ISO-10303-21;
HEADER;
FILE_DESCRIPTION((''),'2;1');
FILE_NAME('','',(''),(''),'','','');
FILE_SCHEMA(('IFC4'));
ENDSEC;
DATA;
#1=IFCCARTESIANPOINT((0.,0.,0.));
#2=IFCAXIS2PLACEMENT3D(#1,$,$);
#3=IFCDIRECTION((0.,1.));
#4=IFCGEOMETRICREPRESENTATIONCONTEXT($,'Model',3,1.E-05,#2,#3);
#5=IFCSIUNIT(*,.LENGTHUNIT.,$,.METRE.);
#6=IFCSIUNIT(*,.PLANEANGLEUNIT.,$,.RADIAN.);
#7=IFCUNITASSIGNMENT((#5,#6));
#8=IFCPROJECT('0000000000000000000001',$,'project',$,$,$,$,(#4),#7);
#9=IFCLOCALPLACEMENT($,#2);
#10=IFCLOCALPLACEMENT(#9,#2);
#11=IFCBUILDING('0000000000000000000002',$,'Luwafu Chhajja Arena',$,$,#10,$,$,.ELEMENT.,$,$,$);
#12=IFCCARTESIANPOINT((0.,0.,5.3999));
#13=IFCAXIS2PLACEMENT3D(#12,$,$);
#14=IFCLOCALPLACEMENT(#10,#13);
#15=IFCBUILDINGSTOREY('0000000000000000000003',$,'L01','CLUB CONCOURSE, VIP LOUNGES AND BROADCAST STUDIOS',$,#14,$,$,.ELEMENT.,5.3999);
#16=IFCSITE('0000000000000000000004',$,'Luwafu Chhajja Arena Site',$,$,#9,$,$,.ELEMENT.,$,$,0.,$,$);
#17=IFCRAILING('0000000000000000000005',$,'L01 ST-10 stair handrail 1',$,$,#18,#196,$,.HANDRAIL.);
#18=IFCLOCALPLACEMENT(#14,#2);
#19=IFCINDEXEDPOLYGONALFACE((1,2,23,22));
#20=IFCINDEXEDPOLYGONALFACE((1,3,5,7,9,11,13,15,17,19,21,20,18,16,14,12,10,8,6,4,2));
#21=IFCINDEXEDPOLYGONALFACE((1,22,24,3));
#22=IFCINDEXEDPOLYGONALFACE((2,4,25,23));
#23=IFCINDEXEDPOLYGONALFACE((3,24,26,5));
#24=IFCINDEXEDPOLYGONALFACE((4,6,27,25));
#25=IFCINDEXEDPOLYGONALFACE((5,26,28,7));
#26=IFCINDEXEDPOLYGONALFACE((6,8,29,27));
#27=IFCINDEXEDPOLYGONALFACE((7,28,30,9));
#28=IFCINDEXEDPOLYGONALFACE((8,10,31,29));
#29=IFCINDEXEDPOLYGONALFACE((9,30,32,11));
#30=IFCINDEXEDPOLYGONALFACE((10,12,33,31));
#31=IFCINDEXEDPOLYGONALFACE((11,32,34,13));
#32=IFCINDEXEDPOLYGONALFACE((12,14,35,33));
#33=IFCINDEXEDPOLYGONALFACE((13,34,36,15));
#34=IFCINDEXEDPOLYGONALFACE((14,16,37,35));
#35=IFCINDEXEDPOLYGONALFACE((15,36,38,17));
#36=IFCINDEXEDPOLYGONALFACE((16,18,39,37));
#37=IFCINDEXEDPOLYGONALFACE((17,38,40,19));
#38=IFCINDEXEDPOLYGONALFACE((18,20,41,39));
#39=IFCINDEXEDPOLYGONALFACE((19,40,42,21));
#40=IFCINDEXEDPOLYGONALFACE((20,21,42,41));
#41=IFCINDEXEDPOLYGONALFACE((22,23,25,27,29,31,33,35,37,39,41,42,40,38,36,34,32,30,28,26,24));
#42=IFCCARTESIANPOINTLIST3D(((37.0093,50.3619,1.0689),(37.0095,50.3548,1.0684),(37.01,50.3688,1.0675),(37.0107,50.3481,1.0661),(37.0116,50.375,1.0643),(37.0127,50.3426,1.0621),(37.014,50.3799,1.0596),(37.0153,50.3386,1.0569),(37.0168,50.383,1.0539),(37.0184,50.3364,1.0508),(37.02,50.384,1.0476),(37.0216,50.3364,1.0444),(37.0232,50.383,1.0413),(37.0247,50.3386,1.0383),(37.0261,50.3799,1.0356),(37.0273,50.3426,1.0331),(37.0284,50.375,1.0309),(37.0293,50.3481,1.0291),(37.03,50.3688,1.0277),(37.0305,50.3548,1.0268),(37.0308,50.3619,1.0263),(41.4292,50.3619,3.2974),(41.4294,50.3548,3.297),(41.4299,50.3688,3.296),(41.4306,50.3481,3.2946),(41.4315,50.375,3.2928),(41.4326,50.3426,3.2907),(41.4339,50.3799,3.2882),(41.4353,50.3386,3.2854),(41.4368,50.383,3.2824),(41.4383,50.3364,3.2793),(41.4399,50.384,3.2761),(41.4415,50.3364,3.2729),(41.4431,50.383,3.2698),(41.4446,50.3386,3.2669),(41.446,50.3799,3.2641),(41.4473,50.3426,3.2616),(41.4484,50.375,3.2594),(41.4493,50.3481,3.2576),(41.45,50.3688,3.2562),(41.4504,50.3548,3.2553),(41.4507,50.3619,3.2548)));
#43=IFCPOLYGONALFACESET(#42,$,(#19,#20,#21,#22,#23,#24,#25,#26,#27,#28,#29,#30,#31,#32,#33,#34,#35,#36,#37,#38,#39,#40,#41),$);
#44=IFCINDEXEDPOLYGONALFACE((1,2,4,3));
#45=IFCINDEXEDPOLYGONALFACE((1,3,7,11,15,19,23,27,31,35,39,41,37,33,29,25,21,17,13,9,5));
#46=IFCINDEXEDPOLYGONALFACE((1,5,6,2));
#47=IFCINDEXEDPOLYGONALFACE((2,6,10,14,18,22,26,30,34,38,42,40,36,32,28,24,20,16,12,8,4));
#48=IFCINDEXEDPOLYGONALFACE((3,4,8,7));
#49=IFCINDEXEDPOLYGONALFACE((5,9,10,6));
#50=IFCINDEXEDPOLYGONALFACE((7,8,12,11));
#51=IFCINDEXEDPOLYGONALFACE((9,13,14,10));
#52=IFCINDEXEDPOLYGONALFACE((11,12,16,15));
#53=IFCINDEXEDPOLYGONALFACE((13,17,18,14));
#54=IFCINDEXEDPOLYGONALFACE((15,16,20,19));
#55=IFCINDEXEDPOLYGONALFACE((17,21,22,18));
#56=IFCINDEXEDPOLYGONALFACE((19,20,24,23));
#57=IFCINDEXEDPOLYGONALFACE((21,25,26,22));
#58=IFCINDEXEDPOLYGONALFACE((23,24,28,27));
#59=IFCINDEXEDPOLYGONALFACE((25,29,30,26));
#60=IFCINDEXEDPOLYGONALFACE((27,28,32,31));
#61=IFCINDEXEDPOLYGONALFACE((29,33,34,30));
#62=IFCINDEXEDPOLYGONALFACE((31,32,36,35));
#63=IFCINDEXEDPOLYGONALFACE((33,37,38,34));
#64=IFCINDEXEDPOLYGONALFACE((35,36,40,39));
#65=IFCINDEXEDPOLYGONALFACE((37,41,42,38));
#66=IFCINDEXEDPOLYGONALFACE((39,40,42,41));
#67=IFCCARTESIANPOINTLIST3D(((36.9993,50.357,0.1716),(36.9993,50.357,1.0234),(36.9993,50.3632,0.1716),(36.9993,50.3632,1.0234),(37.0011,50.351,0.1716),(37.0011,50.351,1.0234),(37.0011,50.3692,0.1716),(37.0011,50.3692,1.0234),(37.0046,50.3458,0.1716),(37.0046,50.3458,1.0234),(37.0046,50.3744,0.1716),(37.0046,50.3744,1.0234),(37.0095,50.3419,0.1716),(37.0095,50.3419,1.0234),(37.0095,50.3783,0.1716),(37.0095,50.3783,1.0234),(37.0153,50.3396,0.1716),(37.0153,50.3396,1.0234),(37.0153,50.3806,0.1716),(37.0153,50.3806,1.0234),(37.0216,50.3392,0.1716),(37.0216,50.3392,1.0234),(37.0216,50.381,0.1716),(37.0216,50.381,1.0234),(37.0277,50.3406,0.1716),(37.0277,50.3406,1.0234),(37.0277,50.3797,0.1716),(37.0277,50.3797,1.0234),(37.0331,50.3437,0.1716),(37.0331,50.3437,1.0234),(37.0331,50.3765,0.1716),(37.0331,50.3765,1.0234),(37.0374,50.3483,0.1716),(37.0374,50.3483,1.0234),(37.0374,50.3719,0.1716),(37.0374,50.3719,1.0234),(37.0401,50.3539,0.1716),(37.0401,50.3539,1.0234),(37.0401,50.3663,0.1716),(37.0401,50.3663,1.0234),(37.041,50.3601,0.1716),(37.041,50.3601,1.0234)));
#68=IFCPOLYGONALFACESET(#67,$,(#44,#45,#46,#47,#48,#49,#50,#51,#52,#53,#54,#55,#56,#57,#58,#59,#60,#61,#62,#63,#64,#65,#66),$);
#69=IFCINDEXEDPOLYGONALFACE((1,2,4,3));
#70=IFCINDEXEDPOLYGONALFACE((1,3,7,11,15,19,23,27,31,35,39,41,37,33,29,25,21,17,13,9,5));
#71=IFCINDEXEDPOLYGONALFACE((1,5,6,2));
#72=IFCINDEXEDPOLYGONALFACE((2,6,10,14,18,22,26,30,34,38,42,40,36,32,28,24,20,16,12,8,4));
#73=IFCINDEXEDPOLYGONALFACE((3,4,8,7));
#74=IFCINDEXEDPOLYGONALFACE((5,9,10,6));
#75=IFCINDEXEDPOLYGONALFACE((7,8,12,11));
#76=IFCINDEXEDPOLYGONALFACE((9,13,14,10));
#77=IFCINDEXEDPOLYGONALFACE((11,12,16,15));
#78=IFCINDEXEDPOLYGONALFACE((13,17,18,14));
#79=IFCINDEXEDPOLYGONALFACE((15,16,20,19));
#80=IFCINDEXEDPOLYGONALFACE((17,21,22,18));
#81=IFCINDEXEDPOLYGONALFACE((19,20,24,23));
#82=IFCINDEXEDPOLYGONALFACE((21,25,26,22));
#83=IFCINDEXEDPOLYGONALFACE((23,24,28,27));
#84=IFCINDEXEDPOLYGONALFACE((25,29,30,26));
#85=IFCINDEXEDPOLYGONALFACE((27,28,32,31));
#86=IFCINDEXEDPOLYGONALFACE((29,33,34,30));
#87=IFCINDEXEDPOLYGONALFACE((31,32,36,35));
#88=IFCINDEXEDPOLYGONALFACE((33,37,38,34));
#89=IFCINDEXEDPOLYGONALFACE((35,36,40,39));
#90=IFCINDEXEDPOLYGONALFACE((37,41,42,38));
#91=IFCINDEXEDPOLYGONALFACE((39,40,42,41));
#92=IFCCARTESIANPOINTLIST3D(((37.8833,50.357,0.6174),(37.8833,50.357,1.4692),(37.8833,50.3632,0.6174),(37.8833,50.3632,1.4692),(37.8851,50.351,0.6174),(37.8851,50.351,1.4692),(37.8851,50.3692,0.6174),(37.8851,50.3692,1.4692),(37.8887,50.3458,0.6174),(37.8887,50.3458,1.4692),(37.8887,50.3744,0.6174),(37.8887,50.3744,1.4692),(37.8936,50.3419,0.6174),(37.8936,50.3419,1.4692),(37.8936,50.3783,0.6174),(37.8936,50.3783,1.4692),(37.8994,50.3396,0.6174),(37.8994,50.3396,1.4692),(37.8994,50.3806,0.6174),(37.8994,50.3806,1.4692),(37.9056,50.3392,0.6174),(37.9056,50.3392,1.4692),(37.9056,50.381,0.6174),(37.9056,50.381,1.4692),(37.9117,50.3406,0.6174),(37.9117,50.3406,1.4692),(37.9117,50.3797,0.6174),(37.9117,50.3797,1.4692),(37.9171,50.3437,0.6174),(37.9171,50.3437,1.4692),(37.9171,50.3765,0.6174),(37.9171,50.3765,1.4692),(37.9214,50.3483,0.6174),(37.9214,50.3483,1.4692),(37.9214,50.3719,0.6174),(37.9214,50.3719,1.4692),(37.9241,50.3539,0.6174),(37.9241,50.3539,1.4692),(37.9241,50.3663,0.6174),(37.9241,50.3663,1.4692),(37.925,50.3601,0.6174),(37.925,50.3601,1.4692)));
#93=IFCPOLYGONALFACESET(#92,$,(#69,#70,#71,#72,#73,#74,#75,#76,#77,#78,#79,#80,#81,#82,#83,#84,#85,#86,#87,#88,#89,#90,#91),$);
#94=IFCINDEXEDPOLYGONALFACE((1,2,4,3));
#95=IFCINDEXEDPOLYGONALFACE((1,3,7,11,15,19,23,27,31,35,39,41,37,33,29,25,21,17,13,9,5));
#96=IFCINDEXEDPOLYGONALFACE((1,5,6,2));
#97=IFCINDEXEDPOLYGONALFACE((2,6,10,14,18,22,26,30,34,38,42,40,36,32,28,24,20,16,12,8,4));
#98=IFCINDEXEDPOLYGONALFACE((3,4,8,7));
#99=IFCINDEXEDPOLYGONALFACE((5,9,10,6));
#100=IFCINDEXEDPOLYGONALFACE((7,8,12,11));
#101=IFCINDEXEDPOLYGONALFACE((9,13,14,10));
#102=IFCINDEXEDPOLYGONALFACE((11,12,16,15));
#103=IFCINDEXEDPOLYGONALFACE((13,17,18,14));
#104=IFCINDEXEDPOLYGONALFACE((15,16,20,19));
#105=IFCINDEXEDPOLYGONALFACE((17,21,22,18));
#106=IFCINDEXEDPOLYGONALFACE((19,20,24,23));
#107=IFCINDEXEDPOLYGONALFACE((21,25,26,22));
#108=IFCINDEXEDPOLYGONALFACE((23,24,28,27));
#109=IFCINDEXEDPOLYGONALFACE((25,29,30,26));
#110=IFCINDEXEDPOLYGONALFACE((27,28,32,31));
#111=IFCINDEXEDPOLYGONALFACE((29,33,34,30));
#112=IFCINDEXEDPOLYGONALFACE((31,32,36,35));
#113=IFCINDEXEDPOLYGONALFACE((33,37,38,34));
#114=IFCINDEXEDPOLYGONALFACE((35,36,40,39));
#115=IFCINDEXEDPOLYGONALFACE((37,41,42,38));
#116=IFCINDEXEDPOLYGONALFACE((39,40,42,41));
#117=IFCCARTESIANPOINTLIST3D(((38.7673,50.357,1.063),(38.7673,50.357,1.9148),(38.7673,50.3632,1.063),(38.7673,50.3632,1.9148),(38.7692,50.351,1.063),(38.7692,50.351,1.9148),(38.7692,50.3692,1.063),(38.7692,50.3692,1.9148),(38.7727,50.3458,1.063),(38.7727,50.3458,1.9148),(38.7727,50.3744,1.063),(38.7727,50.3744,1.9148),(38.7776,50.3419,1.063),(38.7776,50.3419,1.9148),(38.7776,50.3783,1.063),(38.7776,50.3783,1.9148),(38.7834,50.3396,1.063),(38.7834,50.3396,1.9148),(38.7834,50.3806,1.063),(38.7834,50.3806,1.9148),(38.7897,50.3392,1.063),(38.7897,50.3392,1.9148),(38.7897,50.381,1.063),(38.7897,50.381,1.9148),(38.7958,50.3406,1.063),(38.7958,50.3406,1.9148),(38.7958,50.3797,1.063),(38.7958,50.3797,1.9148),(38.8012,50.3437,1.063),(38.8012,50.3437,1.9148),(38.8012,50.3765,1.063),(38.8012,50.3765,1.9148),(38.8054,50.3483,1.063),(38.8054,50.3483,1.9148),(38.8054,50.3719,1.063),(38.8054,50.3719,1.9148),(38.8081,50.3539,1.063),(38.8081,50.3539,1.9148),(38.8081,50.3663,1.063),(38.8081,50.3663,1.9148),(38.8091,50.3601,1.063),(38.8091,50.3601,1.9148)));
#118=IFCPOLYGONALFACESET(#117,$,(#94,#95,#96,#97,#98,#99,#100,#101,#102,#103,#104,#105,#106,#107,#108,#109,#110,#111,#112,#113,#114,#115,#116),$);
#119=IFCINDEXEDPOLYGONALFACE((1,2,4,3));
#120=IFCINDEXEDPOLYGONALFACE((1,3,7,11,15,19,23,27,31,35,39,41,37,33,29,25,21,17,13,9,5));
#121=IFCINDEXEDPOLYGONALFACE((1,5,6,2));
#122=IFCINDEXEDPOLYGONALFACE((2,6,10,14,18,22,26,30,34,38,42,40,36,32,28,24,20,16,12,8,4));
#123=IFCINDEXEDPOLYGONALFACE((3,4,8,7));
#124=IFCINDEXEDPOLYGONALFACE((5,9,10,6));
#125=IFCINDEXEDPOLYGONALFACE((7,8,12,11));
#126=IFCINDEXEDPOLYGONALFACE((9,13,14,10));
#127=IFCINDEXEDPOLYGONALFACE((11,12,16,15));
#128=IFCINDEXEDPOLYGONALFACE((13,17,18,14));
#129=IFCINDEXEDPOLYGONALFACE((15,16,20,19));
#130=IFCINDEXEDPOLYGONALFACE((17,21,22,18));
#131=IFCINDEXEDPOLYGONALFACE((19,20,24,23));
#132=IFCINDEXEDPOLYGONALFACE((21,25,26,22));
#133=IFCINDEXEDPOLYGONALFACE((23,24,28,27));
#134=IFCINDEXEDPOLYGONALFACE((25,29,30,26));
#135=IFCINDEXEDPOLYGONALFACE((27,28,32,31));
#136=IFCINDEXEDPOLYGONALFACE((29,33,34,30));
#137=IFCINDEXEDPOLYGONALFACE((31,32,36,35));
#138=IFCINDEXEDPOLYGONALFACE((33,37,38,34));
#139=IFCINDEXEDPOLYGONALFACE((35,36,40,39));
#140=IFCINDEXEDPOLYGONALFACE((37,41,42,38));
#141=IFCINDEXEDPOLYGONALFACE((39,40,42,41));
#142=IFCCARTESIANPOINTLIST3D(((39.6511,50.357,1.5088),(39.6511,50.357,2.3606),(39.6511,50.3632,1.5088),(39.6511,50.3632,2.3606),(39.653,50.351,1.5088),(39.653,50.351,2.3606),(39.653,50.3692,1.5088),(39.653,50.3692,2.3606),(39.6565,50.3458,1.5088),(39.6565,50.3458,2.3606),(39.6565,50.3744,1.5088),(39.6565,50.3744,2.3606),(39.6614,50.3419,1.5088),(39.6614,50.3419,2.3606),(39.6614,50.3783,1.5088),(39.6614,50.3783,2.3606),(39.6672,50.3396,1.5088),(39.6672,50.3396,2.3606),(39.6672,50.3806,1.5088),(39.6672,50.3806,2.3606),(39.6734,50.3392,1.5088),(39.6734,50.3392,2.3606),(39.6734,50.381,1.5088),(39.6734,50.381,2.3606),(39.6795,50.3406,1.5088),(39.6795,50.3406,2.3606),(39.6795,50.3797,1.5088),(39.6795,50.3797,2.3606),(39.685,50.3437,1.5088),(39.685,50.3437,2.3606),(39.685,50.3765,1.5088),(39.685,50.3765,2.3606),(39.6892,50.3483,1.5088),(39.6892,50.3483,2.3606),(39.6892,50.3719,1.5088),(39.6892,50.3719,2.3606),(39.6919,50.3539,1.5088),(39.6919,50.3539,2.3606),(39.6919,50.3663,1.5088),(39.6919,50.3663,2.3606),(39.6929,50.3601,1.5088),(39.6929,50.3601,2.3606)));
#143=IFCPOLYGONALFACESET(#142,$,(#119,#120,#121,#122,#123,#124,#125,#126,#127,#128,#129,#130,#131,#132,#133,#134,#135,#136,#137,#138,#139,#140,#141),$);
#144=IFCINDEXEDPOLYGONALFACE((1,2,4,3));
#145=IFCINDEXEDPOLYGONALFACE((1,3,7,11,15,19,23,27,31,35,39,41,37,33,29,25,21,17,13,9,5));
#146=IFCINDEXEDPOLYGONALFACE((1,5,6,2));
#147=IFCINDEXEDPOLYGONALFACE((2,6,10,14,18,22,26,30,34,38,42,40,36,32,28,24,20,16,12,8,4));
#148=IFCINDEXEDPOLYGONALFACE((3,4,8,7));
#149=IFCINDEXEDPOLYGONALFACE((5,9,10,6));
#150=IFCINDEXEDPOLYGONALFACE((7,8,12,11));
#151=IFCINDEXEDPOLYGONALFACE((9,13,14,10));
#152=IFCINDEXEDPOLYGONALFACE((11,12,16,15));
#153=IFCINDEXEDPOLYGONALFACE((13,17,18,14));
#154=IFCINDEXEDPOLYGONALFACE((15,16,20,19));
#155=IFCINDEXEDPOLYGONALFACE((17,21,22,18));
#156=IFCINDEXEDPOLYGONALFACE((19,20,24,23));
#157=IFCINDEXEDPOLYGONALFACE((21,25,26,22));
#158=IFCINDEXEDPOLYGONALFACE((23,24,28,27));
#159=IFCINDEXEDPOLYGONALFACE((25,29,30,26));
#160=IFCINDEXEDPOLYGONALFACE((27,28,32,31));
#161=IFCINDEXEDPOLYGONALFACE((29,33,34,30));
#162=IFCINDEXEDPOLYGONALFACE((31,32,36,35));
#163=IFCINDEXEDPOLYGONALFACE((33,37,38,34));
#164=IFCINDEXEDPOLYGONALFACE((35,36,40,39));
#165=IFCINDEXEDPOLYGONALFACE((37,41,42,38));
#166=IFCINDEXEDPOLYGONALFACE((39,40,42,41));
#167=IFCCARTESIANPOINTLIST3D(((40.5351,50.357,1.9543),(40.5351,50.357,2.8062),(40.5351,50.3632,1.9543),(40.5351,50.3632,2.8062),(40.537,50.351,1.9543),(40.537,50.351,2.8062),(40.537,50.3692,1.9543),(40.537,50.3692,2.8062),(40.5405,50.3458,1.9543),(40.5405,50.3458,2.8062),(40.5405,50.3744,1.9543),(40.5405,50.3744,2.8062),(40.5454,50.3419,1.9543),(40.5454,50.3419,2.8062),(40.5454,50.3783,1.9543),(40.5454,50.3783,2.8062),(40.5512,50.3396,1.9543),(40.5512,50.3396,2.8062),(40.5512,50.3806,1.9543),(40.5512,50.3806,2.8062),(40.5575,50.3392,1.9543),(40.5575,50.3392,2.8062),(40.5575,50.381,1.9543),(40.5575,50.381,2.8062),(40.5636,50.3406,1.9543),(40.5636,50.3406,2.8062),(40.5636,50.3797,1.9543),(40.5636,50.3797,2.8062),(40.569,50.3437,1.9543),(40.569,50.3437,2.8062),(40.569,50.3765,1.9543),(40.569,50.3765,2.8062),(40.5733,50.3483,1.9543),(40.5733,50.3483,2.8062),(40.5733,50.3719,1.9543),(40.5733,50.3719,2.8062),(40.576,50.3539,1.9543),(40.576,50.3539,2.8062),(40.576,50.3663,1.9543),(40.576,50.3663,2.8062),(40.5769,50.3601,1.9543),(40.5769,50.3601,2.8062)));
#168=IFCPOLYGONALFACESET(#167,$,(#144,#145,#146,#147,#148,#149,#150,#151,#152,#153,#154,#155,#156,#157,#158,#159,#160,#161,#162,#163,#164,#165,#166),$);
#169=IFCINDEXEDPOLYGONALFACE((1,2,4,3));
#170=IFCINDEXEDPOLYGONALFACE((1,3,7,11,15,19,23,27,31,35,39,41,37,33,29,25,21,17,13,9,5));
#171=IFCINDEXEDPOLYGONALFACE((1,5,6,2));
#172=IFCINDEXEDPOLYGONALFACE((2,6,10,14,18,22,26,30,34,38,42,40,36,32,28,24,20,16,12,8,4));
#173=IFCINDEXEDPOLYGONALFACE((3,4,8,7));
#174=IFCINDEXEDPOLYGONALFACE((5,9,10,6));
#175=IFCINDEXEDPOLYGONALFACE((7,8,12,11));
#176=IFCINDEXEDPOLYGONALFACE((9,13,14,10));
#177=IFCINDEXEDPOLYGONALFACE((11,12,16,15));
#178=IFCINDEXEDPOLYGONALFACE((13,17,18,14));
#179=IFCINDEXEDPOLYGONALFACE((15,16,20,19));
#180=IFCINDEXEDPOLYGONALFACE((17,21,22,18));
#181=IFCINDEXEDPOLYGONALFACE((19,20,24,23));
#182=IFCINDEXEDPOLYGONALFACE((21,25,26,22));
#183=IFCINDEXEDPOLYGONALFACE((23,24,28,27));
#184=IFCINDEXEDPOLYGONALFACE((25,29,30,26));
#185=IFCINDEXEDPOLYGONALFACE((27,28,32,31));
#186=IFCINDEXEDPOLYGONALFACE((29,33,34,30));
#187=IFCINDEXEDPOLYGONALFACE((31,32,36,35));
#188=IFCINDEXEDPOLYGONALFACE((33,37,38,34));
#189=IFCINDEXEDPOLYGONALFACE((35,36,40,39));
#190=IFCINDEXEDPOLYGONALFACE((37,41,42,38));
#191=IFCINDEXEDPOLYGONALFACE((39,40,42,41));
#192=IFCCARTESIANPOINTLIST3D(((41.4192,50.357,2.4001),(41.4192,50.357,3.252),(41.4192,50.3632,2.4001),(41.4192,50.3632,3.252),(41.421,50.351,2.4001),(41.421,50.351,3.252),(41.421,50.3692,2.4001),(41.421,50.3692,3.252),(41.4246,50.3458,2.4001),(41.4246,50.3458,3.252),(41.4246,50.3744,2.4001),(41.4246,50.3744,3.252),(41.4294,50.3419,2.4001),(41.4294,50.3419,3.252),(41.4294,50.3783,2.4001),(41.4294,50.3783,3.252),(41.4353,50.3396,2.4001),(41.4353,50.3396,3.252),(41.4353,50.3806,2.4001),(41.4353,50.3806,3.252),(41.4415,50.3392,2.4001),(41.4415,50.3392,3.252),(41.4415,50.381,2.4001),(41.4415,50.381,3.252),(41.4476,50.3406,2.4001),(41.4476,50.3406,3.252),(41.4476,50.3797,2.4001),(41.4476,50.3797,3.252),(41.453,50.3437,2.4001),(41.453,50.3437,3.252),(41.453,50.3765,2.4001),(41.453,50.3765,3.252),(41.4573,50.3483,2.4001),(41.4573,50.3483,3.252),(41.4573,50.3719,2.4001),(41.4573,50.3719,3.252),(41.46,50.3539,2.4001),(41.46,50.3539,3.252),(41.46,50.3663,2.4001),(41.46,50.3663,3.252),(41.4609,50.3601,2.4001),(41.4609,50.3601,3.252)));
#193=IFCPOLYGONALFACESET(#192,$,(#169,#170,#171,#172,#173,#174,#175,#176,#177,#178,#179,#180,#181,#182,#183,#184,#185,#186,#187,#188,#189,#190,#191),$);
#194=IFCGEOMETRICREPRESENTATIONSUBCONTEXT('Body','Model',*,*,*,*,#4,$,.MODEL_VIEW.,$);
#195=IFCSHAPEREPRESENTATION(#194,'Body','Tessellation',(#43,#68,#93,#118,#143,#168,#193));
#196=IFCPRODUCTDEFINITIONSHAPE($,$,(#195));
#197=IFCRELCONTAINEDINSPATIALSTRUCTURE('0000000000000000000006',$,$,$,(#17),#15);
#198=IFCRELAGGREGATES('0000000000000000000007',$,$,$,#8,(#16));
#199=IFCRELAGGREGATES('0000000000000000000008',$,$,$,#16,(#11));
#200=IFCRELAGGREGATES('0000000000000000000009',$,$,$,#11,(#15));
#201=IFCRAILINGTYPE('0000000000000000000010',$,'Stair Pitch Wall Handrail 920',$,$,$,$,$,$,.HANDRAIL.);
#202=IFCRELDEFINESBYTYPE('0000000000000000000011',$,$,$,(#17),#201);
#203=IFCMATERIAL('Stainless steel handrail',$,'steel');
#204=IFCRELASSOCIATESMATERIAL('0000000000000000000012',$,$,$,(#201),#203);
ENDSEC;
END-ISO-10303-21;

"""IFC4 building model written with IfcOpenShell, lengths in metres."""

from ifc_helpers import new_model, si_unit, direction, frame, origin, origin_2d, place, context, subcontext, project, spatial, circle, extrude, material, type_object, element, save


model = new_model("IFC4")

# Units and contexts
model_context = context("Model", 3, precision=1e-05, world=origin(), true_north=direction((0.0, 1.0)))
body_context = subcontext(model_context, "Body", "Model", "MODEL_VIEW")
ifc_project = project(units=[si_unit("LENGTHUNIT", "METRE"), si_unit("PLANEANGLEUNIT", "RADIAN")], contexts=[model_context])

# Site, building, storey
site_placement = place(None, origin())
site = spatial("IfcSite", under=ifc_project, at=site_placement, Name="Luwafu Chhajja Arena Site", CompositionType="ELEMENT", RefElevation=0.0)
building_placement = place(site_placement, origin())
building = spatial("IfcBuilding", under=site, at=building_placement, Name="Luwafu Chhajja Arena", CompositionType="ELEMENT")
storey_placement = place(building_placement, frame((0.0, 0.0, 5.3999)))
storey = spatial("IfcBuildingStorey", under=building, at=storey_placement, Name="L01", Description="CLUB CONCOURSE, VIP LOUNGES AND BROADCAST STUDIOS", CompositionType="ELEMENT", Elevation=5.3999)

# Railing
ifc_material_1 = material(Name="Stainless steel handrail", Category="steel")
railing_type_1 = type_object("IfcRailingType", Name="Stair Pitch Wall Handrail 920", PredefinedType="HANDRAIL", material=ifc_material_1)
railing_1_placement = place(storey_placement, frame((37.02, 50.3601, 0.1716)))
element("IfcRailing", 1, at=railing_1_placement, inside=storey, type_object=railing_type_1, Name="L01 ST-10 stair handrail 1", PredefinedType="HANDRAIL", context=body_context, shape_type="SweptSolid", body=[
    extrude(circle(Radius=0.0239, at=origin_2d()), frame((0.0, 0.0, 0.876), z_axis=(0.892923, 0.0, 0.45021), x_axis=(0.0, 1.0, 0.0)), (0.0, 0.0, 1.0), 4.95),
    extrude(circle(Radius=0.021, at=origin_2d()), origin(), (0.0, 0.0, 1.0), 0.8518),
    extrude(circle(Radius=0.021, at=origin_2d()), frame((0.884, 0.0, 0.4458)), (0.0, 0.0, 1.0), 0.8518),
    extrude(circle(Radius=0.021, at=origin_2d()), frame((1.7681, 0.0, 0.8914)), (0.0, 0.0, 1.0), 0.8518),
    extrude(circle(Radius=0.021, at=origin_2d()), frame((2.6519, 0.0, 1.3372)), (0.0, 0.0, 1.0), 0.8518),
    extrude(circle(Radius=0.021, at=origin_2d()), frame((3.5359, 0.0, 1.7827)), (0.0, 0.0, 1.0), 0.8518),
    extrude(circle(Radius=0.021, at=origin_2d()), frame((4.4199, 0.0, 2.2285)), (0.0, 0.0, 1.0), 0.8518),
])

save(model, "model.ifc")
